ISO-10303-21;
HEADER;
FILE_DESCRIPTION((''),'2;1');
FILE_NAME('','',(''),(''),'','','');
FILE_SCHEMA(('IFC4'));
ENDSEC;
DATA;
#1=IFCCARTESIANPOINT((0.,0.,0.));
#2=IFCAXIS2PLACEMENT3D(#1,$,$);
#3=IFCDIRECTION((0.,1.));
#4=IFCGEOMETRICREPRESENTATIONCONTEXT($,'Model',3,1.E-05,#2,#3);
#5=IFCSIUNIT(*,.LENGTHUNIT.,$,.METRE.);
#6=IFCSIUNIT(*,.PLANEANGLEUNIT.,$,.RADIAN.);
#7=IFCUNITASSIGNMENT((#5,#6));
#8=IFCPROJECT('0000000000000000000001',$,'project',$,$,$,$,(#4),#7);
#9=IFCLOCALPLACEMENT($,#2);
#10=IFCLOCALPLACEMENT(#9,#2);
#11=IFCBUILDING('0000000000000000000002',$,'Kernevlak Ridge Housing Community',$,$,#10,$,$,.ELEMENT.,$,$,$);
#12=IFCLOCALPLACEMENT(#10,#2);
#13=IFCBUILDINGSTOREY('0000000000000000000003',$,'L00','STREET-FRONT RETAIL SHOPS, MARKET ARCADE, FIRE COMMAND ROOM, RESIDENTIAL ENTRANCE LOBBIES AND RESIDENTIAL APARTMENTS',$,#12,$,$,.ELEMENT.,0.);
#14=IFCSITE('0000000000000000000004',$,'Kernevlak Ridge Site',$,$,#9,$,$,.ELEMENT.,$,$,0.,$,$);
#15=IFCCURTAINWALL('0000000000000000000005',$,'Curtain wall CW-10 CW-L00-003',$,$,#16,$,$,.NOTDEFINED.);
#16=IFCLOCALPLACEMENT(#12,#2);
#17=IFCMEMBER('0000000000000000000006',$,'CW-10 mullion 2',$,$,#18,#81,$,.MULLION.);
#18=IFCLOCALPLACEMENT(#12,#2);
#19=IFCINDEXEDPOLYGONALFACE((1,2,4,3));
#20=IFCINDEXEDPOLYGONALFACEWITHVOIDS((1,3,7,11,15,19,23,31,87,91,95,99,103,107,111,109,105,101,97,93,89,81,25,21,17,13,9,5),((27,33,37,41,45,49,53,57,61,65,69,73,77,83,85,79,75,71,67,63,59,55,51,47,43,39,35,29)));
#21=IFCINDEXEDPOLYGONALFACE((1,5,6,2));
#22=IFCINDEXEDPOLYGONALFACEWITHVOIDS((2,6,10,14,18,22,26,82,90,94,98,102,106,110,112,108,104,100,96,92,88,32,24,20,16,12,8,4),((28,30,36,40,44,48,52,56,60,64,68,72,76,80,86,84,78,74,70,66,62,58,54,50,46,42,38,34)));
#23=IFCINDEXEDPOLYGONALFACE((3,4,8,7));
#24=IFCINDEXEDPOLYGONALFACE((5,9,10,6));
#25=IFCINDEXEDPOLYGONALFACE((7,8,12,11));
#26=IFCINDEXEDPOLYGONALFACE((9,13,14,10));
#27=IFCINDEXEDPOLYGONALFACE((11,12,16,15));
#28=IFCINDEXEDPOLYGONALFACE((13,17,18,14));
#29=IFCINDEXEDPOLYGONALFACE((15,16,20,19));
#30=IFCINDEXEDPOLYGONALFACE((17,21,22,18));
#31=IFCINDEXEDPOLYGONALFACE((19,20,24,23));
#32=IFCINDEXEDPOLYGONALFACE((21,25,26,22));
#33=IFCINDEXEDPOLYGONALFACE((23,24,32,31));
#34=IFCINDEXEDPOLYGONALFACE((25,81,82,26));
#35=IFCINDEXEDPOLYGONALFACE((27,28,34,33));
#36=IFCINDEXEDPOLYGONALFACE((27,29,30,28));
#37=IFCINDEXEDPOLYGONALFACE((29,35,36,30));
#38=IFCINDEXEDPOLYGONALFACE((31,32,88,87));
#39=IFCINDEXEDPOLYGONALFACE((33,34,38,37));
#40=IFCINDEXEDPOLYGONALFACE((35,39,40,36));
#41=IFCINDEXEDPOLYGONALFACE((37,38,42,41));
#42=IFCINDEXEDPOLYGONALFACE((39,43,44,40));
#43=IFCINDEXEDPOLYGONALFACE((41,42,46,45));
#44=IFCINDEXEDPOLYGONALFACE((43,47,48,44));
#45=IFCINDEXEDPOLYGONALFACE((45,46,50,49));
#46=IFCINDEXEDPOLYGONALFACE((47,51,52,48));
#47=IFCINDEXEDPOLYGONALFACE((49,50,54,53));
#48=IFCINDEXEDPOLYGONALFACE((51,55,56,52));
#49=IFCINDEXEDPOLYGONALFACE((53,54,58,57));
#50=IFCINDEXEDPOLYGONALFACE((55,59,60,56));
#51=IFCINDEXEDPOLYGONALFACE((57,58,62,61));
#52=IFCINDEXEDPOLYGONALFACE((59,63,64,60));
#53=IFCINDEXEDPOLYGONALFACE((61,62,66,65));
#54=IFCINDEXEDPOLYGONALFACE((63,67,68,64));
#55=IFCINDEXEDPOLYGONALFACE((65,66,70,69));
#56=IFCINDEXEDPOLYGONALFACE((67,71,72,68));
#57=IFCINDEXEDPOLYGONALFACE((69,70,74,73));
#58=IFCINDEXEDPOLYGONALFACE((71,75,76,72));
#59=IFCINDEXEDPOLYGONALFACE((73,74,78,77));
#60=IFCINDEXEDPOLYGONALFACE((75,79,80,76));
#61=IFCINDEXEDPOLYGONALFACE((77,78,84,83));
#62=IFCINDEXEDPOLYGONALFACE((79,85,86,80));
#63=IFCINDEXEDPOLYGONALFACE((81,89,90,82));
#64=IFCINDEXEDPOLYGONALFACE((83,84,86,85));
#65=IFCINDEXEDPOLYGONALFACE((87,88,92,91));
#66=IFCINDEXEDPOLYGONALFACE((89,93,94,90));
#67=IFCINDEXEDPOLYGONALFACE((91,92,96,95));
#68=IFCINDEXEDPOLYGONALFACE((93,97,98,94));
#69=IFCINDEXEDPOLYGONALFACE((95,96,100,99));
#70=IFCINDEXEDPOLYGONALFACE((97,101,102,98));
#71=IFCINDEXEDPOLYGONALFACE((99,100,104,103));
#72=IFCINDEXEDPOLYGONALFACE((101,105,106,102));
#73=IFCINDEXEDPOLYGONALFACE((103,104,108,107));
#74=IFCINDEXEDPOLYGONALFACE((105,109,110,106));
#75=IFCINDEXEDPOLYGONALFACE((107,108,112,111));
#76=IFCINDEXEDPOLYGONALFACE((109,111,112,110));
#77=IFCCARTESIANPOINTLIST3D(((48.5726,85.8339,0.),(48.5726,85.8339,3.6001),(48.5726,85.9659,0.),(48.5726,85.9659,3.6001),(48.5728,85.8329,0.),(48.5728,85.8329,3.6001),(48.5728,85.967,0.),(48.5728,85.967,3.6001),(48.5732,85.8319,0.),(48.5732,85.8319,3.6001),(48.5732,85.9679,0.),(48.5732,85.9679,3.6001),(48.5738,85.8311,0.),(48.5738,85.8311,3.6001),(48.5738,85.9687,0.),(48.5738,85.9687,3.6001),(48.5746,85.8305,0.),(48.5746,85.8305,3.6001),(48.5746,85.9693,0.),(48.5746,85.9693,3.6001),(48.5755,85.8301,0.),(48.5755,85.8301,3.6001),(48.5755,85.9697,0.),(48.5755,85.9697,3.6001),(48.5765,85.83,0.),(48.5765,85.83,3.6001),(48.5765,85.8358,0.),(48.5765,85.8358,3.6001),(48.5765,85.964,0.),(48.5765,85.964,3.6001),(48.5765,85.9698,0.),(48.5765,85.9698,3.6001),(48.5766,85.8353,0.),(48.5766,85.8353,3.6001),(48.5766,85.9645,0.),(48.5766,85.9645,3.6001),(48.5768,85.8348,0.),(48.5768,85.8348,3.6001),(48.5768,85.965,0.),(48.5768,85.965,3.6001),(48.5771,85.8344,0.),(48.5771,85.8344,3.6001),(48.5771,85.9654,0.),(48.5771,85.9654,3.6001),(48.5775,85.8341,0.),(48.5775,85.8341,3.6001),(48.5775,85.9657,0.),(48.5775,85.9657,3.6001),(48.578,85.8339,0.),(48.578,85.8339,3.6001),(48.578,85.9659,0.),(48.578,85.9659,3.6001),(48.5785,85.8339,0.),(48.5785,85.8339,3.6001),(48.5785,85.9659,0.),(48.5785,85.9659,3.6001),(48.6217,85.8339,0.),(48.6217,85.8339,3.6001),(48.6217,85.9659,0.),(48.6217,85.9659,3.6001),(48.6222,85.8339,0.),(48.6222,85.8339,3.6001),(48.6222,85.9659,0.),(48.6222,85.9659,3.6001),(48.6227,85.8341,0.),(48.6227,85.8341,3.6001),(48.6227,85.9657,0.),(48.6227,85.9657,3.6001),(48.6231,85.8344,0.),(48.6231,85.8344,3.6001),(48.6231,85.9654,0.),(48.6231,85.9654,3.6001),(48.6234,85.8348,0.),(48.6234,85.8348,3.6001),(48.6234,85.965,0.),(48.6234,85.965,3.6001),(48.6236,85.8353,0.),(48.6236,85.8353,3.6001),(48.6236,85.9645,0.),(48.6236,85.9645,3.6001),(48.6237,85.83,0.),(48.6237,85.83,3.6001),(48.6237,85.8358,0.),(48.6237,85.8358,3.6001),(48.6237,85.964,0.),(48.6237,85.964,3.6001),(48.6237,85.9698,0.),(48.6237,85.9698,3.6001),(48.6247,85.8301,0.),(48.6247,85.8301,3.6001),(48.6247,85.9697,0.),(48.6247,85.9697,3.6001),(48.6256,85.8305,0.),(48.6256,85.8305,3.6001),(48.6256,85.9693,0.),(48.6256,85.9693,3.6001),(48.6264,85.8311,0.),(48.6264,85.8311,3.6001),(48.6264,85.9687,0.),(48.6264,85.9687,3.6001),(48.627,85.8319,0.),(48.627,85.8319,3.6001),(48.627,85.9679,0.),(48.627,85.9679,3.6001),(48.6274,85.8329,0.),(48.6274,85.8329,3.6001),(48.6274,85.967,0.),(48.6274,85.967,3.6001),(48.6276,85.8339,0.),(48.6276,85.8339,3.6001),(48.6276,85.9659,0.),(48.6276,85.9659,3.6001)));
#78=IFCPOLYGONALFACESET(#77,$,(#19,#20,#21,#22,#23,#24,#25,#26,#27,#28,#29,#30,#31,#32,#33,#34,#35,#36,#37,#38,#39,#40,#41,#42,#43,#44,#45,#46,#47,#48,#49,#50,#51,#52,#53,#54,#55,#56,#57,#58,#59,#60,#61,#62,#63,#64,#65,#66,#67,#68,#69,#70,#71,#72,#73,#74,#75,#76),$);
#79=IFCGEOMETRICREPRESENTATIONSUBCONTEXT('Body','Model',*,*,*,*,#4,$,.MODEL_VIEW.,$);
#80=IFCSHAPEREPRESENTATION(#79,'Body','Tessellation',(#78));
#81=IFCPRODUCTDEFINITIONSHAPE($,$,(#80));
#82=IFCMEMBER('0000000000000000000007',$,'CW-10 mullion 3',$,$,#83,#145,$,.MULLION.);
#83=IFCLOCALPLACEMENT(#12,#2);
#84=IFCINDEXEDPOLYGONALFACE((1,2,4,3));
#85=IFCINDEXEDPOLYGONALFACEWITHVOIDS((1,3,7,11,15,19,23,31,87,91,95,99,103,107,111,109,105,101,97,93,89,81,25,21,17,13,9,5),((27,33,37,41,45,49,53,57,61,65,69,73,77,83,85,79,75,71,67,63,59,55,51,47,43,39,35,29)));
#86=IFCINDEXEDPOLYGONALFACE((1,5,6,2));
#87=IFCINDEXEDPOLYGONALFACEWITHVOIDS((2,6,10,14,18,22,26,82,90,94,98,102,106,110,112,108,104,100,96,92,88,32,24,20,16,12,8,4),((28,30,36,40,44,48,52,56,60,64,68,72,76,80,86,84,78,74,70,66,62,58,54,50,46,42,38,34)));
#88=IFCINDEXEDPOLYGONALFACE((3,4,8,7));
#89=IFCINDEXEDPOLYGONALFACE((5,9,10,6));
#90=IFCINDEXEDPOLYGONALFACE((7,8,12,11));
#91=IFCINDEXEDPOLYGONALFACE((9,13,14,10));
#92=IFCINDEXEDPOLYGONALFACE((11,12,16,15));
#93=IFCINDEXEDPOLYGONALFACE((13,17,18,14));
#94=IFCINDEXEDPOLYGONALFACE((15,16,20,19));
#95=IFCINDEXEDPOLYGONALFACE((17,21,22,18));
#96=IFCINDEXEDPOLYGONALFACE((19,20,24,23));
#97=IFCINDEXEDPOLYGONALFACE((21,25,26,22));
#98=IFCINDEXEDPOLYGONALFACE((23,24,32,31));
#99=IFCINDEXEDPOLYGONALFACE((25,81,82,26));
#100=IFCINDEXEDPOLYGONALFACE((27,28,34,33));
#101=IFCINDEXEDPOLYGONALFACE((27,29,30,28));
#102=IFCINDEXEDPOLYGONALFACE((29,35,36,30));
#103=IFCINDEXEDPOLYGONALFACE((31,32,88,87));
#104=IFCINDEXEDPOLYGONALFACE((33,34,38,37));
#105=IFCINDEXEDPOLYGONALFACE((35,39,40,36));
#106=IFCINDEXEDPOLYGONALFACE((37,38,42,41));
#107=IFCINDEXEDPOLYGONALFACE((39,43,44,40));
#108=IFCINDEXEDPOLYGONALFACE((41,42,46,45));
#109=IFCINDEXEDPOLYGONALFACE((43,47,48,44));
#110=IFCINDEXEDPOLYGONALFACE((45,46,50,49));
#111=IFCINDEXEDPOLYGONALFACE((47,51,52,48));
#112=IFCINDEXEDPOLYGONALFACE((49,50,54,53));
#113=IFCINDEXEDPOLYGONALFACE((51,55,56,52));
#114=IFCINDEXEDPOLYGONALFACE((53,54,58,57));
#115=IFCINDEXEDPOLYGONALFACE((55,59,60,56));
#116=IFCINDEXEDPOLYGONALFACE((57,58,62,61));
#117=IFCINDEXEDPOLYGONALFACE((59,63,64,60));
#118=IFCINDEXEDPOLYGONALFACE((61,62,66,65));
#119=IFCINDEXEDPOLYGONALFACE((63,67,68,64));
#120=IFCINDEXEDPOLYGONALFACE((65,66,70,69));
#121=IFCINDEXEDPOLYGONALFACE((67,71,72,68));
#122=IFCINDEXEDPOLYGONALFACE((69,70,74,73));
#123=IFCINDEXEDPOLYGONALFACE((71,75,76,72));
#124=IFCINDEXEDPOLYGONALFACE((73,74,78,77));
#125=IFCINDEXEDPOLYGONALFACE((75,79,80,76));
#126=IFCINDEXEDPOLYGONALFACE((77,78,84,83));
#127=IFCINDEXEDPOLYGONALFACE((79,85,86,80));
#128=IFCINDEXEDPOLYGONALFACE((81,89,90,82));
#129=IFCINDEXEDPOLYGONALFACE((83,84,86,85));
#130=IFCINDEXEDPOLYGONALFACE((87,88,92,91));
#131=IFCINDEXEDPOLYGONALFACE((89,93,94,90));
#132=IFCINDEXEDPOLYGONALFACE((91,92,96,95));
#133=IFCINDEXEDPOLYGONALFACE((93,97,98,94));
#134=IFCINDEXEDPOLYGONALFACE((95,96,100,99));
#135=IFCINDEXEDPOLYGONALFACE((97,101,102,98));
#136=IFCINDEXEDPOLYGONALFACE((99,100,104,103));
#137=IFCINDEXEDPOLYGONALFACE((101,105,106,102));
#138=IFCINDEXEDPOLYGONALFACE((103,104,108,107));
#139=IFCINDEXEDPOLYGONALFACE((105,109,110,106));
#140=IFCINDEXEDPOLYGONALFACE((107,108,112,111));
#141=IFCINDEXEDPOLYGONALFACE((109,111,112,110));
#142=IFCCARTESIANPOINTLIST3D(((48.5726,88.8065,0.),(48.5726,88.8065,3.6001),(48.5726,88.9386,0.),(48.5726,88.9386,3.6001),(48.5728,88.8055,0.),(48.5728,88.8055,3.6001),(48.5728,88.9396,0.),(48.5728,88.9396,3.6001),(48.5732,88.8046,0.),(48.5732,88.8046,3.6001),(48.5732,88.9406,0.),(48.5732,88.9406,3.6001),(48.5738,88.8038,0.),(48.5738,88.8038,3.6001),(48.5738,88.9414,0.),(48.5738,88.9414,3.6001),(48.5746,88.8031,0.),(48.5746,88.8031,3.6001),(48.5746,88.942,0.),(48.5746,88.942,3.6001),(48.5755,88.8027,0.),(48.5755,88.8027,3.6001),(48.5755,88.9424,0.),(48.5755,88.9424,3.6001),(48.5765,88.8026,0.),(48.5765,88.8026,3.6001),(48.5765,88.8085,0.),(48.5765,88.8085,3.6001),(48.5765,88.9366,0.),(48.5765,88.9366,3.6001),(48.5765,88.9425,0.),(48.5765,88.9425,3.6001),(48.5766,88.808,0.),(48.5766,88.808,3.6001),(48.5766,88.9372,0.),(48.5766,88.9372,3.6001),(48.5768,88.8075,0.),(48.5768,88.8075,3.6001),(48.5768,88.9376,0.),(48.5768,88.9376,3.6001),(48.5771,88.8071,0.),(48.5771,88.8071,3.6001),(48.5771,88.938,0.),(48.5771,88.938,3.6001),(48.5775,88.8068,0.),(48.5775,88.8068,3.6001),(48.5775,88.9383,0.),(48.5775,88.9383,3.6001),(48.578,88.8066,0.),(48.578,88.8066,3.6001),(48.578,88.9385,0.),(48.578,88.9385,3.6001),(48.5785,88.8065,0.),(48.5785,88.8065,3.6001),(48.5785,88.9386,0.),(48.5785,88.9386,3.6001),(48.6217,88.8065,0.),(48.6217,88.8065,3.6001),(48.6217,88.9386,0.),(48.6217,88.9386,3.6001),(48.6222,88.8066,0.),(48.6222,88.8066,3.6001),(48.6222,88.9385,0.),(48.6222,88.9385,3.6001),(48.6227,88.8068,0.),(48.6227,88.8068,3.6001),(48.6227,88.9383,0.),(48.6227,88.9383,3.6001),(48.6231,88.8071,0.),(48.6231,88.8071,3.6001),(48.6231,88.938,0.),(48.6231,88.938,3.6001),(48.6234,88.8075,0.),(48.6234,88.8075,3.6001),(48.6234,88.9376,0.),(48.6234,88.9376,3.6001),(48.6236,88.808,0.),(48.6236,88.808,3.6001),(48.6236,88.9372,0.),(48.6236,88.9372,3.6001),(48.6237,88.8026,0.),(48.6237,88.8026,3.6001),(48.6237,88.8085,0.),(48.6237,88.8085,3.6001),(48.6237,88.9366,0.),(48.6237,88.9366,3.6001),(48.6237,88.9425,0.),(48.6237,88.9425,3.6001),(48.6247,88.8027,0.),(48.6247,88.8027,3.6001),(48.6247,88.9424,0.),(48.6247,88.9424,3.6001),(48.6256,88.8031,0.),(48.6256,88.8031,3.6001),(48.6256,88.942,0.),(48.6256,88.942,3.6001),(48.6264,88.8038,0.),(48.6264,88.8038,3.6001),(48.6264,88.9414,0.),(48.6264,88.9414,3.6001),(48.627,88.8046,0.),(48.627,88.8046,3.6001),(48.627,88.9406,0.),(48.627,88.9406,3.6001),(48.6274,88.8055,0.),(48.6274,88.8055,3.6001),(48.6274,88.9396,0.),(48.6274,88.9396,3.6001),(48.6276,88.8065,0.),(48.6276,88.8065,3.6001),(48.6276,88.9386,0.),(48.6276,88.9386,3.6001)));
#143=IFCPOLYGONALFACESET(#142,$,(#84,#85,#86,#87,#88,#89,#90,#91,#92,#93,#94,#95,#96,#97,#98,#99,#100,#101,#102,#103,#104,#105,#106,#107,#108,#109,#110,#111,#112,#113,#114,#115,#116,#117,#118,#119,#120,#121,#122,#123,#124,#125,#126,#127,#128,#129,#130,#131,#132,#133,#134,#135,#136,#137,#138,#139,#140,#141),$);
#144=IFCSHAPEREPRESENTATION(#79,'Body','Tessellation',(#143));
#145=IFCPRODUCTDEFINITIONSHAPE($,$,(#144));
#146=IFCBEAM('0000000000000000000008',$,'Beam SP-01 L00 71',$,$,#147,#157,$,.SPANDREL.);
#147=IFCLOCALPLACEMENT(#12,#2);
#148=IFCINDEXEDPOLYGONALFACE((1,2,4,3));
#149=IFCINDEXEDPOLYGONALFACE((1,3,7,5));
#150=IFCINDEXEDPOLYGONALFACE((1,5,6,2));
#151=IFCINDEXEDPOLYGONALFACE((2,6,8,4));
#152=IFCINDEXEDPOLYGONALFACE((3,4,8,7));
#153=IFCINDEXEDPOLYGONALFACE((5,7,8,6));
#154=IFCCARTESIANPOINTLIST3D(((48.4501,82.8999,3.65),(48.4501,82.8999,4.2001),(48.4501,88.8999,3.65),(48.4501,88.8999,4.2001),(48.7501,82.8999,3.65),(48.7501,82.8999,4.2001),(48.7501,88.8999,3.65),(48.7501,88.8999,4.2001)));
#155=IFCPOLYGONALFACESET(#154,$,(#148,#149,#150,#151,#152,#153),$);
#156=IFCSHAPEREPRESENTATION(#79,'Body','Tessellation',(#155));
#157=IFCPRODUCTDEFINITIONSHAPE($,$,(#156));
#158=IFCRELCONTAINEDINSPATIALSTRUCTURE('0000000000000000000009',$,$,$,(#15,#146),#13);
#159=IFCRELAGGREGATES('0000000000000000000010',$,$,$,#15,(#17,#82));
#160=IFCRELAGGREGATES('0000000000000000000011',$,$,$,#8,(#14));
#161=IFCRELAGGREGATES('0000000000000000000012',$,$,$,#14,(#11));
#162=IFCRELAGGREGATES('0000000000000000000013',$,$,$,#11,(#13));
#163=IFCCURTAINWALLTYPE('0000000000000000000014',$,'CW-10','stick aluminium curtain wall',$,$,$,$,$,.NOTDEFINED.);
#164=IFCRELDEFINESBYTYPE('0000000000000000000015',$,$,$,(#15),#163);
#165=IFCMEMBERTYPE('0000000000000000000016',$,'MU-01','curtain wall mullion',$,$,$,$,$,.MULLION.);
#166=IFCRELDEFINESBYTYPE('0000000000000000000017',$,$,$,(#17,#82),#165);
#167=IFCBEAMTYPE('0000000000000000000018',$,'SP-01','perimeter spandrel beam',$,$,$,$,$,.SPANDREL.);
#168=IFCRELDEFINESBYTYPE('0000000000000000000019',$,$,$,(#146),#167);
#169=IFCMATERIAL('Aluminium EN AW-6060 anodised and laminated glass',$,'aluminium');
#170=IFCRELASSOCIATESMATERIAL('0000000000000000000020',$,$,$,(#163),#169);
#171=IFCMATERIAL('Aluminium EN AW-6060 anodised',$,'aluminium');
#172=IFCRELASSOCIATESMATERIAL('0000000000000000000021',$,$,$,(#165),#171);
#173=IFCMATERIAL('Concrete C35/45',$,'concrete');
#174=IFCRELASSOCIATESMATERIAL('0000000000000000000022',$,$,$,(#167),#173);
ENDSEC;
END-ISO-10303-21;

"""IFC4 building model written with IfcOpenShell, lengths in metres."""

from ifc_helpers import new_model, si_unit, direction, frame, origin, origin_2d, place, context, subcontext, project, spatial, rectangle, hollow_rectangle, extrude, material, material_profile, profile_set, type_object, element, aggregate, save


model = new_model("IFC4")

# Units and contexts
model_context = context("Model", 3, precision=1e-05, world=origin(), true_north=direction((0.0, 1.0)))
body_context = subcontext(model_context, "Body", "Model", "MODEL_VIEW")
ifc_project = project(units=[si_unit("LENGTHUNIT", "METRE"), si_unit("PLANEANGLEUNIT", "RADIAN")], contexts=[model_context])

# Site, building, storey
site_placement = place(None, origin())
site = spatial("IfcSite", under=ifc_project, at=site_placement, Name="Kernevlak Ridge Site", CompositionType="ELEMENT", RefElevation=0.0)
building_placement = place(site_placement, origin())
building = spatial("IfcBuilding", under=site, at=building_placement, Name="Kernevlak Ridge Housing Community", CompositionType="ELEMENT")
storey_placement = place(building_placement, origin())
storey = spatial("IfcBuildingStorey", under=building, at=storey_placement, Name="L00", Description="STREET-FRONT RETAIL SHOPS, MARKET ARCADE, FIRE COMMAND ROOM, RESIDENTIAL ENTRANCE LOBBIES AND RESIDENTIAL APARTMENTS", CompositionType="ELEMENT", Elevation=0.0)

# Shared definitions
ifc_material_1 = material(Name="Concrete C35/45", Category="concrete")

# Curtain wall, members
ifc_material_2 = material(Name="Aluminium EN AW-6060 anodised and laminated glass", Category="aluminium")
curtain_wall_type = type_object("IfcCurtainWallType", Name="CW-10", Description="stick aluminium curtain wall", PredefinedType="NOTDEFINED", material=ifc_material_2)
curtain_wall_placement = place(storey_placement, origin())
curtain_wall = element("IfcCurtainWall", 1, at=curtain_wall_placement, inside=storey, type_object=curtain_wall_type, Name="Curtain wall CW-10 CW-L00-003", PredefinedType="NOTDEFINED")
ifc_material_3 = material(Name="Aluminium EN AW-6060 anodised", Category="aluminium")
ifc_material_profile_1 = material_profile(ifc_material_3, hollow_rectangle(XDim=0.0549, YDim=0.1399, WallThickness=0.0039, InnerFilletRadius=0.002, OuterFilletRadius=0.0039, at=origin_2d()), Name="ALU 55x140x4")
ifc_profile_set_1 = profile_set([ifc_material_profile_1], Name="Aluminium EN AW-6060 anodised")
member_type_1 = type_object("IfcMemberType", Name="MU-01", Description="curtain wall mullion", PredefinedType="MULLION", material=ifc_profile_set_1)
member_1_placement = place(storey_placement, frame((48.6001, 85.8999, 0.0), z_axis=(0.0, 0.0, 1.0), x_axis=(-1.0, 0.0, 0.0)))
member_1 = element("IfcMember", 2, at=member_1_placement, type_object=member_type_1, Name="CW-10 mullion 2", PredefinedType="MULLION", context=body_context, shape_type="SweptSolid", body=[
    extrude(hollow_rectangle(XDim=0.0549, YDim=0.1399, WallThickness=0.0039, InnerFilletRadius=0.002, OuterFilletRadius=0.0039, at=origin_2d()), origin(), (0.0, 0.0, 1.0), 3.6001),
])
member_2_placement = place(storey_placement, frame((48.6001, 88.8726, 0.0), z_axis=(0.0, 0.0, 1.0), x_axis=(-1.0, 0.0, 0.0)))
member_2 = element("IfcMember", 3, at=member_2_placement, type_object=member_type_1, Name="CW-10 mullion 3", PredefinedType="MULLION", context=body_context, shape_type="SweptSolid", body=[
    extrude(hollow_rectangle(XDim=0.0549, YDim=0.1399, WallThickness=0.0039, InnerFilletRadius=0.002, OuterFilletRadius=0.0039, at=origin_2d()), origin(), (0.0, 0.0, 1.0), 3.6001),
])

# Beam
ifc_material_profile_2 = material_profile(ifc_material_1, rectangle(XDim=0.3, YDim=0.55, at=origin_2d()), Name="RC 300x550")
ifc_profile_set_2 = profile_set([ifc_material_profile_2], Name="Concrete C35/45")
beam_type_1 = type_object("IfcBeamType", Name="SP-01", Description="perimeter spandrel beam", PredefinedType="SPANDREL", material=ifc_profile_set_2)
beam_1_placement = place(storey_placement, frame((48.6001, 82.8999, 3.925), z_axis=(0.0, 1.0, 0.0), x_axis=(-1.0, 0.0, 0.0)))
element("IfcBeam", 4, at=beam_1_placement, inside=storey, type_object=beam_type_1, Name="Beam SP-01 L00 71", PredefinedType="SPANDREL", context=body_context, shape_type="SweptSolid", body=[
    extrude(rectangle(XDim=0.3, YDim=0.55, at=origin_2d()), origin(), (0.0, 0.0, 1.0), 6.0),
])

aggregate(curtain_wall, [member_1, member_2])

save(model, "model.ifc")
